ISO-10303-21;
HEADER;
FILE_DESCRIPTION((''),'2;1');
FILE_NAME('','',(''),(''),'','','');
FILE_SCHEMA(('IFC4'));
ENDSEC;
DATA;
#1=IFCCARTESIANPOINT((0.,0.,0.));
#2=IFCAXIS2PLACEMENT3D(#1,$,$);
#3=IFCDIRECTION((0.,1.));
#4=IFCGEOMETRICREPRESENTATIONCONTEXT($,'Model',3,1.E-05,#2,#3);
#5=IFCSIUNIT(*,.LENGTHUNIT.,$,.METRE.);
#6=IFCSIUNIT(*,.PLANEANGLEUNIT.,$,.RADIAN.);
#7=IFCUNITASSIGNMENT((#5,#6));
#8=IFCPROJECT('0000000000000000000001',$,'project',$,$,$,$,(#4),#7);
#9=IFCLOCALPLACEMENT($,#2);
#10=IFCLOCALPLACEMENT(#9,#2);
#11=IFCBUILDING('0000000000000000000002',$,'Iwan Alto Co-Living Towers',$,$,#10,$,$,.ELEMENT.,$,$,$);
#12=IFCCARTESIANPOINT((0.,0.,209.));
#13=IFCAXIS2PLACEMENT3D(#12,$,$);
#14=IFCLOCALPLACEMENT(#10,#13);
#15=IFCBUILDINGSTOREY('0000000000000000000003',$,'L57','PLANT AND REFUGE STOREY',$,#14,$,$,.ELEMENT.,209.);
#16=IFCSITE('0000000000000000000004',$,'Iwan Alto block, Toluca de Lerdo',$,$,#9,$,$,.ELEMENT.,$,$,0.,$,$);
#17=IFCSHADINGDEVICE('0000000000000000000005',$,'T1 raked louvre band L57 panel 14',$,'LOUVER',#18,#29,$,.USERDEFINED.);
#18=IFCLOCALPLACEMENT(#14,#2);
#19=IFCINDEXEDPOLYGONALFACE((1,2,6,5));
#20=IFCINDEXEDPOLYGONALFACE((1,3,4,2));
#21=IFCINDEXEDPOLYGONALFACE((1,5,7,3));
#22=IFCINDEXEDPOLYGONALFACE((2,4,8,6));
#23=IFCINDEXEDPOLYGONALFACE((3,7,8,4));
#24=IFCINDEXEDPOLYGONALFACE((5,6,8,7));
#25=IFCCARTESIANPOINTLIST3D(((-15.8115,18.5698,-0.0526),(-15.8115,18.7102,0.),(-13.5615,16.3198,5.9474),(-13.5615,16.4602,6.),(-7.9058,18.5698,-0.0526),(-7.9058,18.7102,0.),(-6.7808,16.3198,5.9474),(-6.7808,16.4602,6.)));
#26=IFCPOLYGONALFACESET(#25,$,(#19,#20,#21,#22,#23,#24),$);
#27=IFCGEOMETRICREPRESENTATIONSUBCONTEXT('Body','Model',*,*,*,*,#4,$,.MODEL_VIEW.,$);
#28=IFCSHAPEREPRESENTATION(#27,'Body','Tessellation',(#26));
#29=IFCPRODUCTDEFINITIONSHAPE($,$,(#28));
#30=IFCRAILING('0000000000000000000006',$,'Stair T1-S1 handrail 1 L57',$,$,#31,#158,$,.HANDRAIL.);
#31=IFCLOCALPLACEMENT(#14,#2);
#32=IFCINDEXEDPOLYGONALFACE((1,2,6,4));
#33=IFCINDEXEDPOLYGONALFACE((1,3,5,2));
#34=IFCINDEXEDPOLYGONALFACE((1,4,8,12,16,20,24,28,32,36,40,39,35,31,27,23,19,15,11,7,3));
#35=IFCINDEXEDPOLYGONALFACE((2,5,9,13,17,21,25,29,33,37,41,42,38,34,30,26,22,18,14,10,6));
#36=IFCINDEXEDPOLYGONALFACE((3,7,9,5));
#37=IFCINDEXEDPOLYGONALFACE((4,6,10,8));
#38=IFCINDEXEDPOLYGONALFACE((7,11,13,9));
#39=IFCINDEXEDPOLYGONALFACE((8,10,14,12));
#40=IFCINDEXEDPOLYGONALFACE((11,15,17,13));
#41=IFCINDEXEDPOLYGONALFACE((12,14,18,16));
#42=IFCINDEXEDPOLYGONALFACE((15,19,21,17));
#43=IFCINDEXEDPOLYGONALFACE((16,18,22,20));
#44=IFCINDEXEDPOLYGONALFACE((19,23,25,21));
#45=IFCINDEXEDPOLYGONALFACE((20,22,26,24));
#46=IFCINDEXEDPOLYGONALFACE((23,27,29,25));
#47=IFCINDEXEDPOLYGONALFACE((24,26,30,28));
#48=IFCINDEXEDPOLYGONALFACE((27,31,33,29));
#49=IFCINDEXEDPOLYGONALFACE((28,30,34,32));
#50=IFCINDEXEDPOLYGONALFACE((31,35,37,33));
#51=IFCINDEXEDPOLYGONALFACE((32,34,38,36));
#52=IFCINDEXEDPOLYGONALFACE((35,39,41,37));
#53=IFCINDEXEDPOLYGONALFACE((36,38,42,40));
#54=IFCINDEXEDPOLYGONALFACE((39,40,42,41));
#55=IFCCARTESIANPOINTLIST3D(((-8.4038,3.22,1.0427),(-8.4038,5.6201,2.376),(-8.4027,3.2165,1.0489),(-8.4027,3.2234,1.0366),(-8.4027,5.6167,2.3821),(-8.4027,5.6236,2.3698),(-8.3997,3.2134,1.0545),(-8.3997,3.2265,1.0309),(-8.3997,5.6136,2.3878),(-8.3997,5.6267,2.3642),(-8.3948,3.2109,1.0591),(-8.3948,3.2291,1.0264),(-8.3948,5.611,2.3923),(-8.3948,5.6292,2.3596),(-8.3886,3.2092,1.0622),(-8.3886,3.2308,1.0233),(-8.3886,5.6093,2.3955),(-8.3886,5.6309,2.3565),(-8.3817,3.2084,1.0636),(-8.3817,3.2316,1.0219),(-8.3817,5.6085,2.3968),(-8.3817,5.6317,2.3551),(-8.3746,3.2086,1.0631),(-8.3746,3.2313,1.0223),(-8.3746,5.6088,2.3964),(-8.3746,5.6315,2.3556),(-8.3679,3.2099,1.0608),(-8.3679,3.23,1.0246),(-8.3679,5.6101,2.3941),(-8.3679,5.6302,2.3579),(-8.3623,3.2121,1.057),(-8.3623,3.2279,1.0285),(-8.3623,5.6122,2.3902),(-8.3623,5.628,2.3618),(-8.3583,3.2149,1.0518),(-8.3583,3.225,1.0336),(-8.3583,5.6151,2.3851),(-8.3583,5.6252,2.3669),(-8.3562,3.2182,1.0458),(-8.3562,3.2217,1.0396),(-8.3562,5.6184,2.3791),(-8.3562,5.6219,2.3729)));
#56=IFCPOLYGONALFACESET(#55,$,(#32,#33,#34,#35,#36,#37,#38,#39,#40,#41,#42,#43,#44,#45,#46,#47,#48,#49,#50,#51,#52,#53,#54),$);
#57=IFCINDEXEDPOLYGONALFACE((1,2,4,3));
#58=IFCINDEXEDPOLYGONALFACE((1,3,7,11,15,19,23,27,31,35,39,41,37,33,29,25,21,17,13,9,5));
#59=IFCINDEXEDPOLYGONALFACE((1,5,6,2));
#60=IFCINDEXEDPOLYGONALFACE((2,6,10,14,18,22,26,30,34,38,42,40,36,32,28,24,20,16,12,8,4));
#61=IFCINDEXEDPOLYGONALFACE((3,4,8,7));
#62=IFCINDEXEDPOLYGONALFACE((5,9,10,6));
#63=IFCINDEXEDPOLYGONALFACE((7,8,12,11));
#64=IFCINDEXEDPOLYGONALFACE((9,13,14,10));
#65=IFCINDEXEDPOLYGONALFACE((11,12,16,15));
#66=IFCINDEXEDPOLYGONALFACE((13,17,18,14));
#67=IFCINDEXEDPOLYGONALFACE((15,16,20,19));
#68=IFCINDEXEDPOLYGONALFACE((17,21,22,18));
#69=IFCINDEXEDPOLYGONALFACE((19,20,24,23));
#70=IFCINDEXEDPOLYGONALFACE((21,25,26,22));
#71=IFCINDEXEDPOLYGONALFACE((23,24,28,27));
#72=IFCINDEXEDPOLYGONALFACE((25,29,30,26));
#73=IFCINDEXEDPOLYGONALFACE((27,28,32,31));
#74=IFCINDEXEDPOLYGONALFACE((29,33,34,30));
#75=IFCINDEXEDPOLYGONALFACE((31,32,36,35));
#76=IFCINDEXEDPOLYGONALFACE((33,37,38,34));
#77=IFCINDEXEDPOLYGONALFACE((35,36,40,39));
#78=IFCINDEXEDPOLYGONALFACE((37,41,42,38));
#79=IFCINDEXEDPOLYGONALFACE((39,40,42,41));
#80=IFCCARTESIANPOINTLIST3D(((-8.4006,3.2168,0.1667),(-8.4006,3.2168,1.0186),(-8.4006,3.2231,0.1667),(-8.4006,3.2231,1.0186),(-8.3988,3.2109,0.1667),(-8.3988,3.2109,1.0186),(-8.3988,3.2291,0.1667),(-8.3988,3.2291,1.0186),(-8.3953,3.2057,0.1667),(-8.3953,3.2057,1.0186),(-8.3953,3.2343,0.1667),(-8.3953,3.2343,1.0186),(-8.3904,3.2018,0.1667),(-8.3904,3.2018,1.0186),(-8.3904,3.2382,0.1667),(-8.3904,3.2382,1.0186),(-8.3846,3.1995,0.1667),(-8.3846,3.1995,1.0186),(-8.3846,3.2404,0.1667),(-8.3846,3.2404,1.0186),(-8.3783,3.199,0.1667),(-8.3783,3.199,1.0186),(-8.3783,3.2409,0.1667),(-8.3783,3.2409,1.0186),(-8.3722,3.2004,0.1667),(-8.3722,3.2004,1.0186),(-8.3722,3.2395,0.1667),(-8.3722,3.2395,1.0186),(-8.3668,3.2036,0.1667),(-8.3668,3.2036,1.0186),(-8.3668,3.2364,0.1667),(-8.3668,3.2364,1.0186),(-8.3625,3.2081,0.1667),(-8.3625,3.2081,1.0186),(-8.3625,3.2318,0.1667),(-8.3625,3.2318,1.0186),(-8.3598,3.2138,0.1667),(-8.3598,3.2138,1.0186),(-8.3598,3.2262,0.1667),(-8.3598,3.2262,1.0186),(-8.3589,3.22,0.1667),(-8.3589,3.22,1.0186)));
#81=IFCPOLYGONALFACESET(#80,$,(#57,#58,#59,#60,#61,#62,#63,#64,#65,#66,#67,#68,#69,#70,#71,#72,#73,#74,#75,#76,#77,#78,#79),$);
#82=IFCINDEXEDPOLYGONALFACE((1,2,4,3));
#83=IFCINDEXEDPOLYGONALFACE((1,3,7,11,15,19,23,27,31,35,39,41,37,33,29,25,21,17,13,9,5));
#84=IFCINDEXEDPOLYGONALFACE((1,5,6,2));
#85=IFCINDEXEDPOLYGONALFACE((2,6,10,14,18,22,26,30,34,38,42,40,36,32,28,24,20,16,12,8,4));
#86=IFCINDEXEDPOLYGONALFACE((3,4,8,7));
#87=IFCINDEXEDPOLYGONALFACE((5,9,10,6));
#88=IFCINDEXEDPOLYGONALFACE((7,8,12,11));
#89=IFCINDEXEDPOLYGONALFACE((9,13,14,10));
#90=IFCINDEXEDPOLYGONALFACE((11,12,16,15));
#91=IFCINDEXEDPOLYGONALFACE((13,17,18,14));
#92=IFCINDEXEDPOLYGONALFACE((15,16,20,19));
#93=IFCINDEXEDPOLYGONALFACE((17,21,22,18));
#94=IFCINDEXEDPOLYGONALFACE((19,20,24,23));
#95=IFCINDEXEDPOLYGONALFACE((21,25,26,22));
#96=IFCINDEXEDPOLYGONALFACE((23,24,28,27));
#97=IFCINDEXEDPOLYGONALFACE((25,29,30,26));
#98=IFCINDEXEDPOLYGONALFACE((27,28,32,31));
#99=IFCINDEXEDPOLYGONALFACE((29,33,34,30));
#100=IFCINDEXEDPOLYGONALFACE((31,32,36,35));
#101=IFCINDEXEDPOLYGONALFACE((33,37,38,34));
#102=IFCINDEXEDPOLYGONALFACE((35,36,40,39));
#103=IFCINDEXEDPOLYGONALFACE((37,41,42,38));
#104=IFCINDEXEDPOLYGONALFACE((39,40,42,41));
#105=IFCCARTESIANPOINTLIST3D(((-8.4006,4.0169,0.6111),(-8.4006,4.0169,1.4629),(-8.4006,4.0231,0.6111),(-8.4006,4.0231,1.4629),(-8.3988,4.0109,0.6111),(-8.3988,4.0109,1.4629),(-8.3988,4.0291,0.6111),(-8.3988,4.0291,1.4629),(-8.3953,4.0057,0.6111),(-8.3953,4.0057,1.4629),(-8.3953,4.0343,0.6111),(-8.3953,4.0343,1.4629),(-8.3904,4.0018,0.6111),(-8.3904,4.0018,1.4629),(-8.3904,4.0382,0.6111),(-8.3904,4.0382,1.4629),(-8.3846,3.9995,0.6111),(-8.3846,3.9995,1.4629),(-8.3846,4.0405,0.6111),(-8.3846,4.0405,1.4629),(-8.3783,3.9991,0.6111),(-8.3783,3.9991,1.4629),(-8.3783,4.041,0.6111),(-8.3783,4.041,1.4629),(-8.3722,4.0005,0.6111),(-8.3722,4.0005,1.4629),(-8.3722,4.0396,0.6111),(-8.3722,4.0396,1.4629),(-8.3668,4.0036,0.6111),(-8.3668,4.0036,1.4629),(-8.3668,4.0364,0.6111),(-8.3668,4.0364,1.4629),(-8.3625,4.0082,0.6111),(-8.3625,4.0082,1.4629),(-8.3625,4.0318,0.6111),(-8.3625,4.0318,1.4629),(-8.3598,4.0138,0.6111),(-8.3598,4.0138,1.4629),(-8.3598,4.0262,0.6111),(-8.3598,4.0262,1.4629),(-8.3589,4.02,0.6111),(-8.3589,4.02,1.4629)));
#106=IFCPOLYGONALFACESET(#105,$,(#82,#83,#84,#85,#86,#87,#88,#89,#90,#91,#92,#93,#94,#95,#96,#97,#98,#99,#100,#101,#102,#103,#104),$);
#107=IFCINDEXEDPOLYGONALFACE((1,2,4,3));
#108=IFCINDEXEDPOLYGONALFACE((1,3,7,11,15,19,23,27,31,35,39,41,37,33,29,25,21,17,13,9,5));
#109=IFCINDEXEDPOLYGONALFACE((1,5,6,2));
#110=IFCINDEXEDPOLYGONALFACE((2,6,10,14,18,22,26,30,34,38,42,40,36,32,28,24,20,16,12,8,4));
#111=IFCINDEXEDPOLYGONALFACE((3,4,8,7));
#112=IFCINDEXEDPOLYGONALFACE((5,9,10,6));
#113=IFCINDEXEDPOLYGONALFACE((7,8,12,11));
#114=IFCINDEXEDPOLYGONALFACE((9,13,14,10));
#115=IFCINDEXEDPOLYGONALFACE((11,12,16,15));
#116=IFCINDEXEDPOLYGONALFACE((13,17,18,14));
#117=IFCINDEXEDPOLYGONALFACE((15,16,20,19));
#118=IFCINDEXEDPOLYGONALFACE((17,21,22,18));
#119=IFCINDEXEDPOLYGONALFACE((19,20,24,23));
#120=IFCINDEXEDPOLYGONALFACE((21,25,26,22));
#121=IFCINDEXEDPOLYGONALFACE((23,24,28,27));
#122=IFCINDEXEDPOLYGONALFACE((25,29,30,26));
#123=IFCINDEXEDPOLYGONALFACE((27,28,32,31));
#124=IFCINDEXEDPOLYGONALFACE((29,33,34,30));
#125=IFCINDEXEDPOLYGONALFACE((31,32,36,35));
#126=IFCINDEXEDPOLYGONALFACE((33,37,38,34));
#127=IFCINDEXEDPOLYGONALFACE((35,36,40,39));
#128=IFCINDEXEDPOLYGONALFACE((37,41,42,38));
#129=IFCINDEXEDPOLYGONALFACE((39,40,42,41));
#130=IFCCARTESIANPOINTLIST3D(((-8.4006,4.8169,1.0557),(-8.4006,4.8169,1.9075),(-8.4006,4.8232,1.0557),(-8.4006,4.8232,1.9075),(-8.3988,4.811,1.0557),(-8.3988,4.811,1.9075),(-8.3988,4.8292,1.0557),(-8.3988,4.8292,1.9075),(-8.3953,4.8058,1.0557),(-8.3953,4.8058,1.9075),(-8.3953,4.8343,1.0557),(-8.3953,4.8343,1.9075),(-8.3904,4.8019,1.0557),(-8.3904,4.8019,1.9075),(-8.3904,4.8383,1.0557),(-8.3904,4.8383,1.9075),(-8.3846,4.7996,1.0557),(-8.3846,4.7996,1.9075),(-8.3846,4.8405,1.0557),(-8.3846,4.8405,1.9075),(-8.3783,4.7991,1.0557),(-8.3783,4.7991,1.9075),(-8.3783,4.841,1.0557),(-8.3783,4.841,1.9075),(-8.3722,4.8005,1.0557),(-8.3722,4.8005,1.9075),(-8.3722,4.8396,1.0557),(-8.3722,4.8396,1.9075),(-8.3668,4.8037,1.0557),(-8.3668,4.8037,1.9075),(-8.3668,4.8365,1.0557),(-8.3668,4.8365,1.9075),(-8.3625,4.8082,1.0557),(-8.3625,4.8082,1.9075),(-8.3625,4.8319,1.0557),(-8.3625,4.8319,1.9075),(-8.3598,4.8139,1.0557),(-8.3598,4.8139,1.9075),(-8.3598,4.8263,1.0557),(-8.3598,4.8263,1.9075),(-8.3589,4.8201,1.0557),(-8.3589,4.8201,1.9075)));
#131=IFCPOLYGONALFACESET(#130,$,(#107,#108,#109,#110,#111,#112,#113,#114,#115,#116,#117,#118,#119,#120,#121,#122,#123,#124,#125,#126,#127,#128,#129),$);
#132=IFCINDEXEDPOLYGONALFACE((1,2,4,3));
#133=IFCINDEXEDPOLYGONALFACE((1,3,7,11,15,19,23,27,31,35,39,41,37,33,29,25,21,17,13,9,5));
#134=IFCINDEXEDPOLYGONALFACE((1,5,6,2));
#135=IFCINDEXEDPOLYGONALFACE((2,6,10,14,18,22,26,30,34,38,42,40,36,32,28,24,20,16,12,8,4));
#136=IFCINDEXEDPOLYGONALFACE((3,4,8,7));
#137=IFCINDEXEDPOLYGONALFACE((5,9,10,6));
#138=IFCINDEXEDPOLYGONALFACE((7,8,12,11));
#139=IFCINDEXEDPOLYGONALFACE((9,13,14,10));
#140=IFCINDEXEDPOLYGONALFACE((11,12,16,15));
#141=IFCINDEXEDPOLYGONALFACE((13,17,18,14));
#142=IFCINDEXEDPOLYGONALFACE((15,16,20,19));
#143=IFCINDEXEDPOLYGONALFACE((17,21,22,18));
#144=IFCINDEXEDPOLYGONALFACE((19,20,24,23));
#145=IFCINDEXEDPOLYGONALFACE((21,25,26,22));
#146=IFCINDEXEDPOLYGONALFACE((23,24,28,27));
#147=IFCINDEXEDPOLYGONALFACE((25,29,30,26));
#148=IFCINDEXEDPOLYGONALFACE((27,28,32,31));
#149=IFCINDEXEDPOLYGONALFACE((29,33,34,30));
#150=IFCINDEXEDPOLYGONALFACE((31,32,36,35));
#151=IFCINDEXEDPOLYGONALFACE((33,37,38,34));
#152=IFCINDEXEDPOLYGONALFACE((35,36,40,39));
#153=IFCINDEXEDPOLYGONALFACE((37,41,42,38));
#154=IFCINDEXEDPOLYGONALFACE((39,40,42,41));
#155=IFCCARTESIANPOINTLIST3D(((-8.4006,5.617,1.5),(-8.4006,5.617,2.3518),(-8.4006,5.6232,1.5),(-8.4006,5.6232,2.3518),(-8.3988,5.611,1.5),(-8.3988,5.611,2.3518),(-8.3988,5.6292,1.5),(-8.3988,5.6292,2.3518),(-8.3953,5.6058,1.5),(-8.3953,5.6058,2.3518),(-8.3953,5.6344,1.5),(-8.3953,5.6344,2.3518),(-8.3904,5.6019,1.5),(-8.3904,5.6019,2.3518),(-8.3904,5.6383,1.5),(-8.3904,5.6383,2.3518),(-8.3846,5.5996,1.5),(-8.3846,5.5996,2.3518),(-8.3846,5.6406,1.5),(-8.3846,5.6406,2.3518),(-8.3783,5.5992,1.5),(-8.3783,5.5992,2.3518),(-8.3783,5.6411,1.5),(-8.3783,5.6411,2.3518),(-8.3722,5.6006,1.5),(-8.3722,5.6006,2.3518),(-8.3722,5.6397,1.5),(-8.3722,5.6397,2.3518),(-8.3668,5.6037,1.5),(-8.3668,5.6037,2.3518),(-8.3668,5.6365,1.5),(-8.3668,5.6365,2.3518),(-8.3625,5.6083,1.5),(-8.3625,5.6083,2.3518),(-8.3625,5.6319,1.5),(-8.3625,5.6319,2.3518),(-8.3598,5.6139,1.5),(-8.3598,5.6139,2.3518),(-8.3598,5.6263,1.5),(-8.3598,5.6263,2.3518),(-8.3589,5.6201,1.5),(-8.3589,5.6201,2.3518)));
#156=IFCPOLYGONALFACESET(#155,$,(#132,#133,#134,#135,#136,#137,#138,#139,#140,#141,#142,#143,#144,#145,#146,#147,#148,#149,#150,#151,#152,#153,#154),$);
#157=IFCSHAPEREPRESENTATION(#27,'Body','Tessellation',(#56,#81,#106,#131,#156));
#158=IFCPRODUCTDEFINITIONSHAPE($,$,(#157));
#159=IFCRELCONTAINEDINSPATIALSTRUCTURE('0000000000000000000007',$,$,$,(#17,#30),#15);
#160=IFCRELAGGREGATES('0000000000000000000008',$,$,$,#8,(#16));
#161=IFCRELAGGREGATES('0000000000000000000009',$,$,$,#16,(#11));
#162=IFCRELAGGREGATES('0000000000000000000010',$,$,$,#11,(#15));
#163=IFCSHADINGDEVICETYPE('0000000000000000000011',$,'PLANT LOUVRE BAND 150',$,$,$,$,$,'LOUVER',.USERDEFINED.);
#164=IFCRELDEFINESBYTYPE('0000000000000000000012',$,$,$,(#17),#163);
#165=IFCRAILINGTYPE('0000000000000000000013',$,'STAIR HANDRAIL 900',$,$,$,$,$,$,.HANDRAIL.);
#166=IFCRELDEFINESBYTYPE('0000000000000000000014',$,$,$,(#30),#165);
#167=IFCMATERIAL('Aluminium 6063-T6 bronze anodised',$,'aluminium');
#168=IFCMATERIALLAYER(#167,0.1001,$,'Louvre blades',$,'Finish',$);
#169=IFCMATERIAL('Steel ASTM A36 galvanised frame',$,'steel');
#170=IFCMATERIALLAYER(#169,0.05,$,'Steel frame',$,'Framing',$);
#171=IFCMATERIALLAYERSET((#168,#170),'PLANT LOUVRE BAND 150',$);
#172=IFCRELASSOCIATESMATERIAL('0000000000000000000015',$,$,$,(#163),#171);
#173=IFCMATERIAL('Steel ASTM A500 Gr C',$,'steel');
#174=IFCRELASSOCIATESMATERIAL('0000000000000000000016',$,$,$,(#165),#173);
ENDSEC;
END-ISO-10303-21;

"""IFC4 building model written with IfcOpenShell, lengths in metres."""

from ifc_helpers import new_model, si_unit, direction, frame, origin, origin_2d, place, context, subcontext, project, spatial, polyline, circle, outline, extrude, material, layer, layer_set, type_object, element, save


model = new_model("IFC4")

# Units and contexts
model_context = context("Model", 3, precision=1e-05, world=origin(), true_north=direction((0.0, 1.0)))
body_context = subcontext(model_context, "Body", "Model", "MODEL_VIEW")
ifc_project = project(units=[si_unit("LENGTHUNIT", "METRE"), si_unit("PLANEANGLEUNIT", "RADIAN")], contexts=[model_context])

# Site, building, storey
site_placement = place(None, origin())
site = spatial("IfcSite", under=ifc_project, at=site_placement, Name="Iwan Alto block, Toluca de Lerdo", CompositionType="ELEMENT", RefElevation=0.0)
building_placement = place(site_placement, origin())
building = spatial("IfcBuilding", under=site, at=building_placement, Name="Iwan Alto Co-Living Towers", CompositionType="ELEMENT")
storey_placement = place(building_placement, frame((0.0, 0.0, 209.0)))
storey = spatial("IfcBuildingStorey", under=building, at=storey_placement, Name="L57", Description="PLANT AND REFUGE STOREY", CompositionType="ELEMENT", Elevation=209.0)

# Shading device
ifc_material_1 = material(Name="Aluminium 6063-T6 bronze anodised", Category="aluminium")
ifc_layer_1 = layer(ifc_material_1, 0.1001, Name="Louvre blades", Category="Finish")
ifc_material_2 = material(Name="Steel ASTM A36 galvanised frame", Category="steel")
ifc_layer_2 = layer(ifc_material_2, 0.05, Name="Steel frame", Category="Framing")
ifc_layer_set_1 = layer_set([ifc_layer_1, ifc_layer_2], Name="PLANT LOUVRE BAND 150")
shading_device_type = type_object("IfcShadingDeviceType", Name="PLANT LOUVRE BAND 150", ElementType="LOUVER", PredefinedType="USERDEFINED", material=ifc_layer_set_1)
shading_device_placement = place(storey_placement, frame((-7.9058, 18.7102, 0.0), z_axis=(0.0, 0.936329, 0.351123), x_axis=(-1.0, 0.0, 0.0)))
element("IfcShadingDevice", 1, at=shading_device_placement, inside=storey, type_object=shading_device_type, Name="T1 raked louvre band L57 panel 14", ObjectType="LOUVER", PredefinedType="USERDEFINED", context=body_context, shape_type="SweptSolid", body=[
    extrude(outline(polyline([(0.0, 0.0), (7.9058, 0.0), (5.6558, 6.408), (-1.125, 6.408), (0.0, 0.0)])), origin(), (0.0, 0.0, -1.0), 0.1499),
])

# Railing
ifc_material_3 = material(Name="Steel ASTM A500 Gr C", Category="steel")
railing_type_1 = type_object("IfcRailingType", Name="STAIR HANDRAIL 900", PredefinedType="HANDRAIL", material=ifc_material_3)
railing_1_placement = place(storey_placement, frame((-8.3799, 3.22, 0.1667)))
element("IfcRailing", 2, at=railing_1_placement, inside=storey, type_object=railing_type_1, Name="Stair T1-S1 handrail 1 L57", PredefinedType="HANDRAIL", context=body_context, shape_type="SweptSolid", body=[
    extrude(circle(Radius=0.0239, at=origin_2d()), frame((0.0, 0.0, 0.876), z_axis=(0.0, 0.874182, 0.485598), x_axis=(-1.0, 0.0, 0.0)), (0.0, 0.0, 1.0), 2.7456),
    extrude(circle(Radius=0.021, at=origin_2d()), origin(), (0.0, 0.0, 1.0), 0.8518),
    extrude(circle(Radius=0.021, at=origin_2d()), frame((0.0, 0.8, 0.4443)), (0.0, 0.0, 1.0), 0.8518),
    extrude(circle(Radius=0.021, at=origin_2d()), frame((0.0, 1.6001, 0.8889)), (0.0, 0.0, 1.0), 0.8518),
    extrude(circle(Radius=0.021, at=origin_2d()), frame((0.0, 2.4001, 1.3333)), (0.0, 0.0, 1.0), 0.8518),
])

save(model, "model.ifc")
